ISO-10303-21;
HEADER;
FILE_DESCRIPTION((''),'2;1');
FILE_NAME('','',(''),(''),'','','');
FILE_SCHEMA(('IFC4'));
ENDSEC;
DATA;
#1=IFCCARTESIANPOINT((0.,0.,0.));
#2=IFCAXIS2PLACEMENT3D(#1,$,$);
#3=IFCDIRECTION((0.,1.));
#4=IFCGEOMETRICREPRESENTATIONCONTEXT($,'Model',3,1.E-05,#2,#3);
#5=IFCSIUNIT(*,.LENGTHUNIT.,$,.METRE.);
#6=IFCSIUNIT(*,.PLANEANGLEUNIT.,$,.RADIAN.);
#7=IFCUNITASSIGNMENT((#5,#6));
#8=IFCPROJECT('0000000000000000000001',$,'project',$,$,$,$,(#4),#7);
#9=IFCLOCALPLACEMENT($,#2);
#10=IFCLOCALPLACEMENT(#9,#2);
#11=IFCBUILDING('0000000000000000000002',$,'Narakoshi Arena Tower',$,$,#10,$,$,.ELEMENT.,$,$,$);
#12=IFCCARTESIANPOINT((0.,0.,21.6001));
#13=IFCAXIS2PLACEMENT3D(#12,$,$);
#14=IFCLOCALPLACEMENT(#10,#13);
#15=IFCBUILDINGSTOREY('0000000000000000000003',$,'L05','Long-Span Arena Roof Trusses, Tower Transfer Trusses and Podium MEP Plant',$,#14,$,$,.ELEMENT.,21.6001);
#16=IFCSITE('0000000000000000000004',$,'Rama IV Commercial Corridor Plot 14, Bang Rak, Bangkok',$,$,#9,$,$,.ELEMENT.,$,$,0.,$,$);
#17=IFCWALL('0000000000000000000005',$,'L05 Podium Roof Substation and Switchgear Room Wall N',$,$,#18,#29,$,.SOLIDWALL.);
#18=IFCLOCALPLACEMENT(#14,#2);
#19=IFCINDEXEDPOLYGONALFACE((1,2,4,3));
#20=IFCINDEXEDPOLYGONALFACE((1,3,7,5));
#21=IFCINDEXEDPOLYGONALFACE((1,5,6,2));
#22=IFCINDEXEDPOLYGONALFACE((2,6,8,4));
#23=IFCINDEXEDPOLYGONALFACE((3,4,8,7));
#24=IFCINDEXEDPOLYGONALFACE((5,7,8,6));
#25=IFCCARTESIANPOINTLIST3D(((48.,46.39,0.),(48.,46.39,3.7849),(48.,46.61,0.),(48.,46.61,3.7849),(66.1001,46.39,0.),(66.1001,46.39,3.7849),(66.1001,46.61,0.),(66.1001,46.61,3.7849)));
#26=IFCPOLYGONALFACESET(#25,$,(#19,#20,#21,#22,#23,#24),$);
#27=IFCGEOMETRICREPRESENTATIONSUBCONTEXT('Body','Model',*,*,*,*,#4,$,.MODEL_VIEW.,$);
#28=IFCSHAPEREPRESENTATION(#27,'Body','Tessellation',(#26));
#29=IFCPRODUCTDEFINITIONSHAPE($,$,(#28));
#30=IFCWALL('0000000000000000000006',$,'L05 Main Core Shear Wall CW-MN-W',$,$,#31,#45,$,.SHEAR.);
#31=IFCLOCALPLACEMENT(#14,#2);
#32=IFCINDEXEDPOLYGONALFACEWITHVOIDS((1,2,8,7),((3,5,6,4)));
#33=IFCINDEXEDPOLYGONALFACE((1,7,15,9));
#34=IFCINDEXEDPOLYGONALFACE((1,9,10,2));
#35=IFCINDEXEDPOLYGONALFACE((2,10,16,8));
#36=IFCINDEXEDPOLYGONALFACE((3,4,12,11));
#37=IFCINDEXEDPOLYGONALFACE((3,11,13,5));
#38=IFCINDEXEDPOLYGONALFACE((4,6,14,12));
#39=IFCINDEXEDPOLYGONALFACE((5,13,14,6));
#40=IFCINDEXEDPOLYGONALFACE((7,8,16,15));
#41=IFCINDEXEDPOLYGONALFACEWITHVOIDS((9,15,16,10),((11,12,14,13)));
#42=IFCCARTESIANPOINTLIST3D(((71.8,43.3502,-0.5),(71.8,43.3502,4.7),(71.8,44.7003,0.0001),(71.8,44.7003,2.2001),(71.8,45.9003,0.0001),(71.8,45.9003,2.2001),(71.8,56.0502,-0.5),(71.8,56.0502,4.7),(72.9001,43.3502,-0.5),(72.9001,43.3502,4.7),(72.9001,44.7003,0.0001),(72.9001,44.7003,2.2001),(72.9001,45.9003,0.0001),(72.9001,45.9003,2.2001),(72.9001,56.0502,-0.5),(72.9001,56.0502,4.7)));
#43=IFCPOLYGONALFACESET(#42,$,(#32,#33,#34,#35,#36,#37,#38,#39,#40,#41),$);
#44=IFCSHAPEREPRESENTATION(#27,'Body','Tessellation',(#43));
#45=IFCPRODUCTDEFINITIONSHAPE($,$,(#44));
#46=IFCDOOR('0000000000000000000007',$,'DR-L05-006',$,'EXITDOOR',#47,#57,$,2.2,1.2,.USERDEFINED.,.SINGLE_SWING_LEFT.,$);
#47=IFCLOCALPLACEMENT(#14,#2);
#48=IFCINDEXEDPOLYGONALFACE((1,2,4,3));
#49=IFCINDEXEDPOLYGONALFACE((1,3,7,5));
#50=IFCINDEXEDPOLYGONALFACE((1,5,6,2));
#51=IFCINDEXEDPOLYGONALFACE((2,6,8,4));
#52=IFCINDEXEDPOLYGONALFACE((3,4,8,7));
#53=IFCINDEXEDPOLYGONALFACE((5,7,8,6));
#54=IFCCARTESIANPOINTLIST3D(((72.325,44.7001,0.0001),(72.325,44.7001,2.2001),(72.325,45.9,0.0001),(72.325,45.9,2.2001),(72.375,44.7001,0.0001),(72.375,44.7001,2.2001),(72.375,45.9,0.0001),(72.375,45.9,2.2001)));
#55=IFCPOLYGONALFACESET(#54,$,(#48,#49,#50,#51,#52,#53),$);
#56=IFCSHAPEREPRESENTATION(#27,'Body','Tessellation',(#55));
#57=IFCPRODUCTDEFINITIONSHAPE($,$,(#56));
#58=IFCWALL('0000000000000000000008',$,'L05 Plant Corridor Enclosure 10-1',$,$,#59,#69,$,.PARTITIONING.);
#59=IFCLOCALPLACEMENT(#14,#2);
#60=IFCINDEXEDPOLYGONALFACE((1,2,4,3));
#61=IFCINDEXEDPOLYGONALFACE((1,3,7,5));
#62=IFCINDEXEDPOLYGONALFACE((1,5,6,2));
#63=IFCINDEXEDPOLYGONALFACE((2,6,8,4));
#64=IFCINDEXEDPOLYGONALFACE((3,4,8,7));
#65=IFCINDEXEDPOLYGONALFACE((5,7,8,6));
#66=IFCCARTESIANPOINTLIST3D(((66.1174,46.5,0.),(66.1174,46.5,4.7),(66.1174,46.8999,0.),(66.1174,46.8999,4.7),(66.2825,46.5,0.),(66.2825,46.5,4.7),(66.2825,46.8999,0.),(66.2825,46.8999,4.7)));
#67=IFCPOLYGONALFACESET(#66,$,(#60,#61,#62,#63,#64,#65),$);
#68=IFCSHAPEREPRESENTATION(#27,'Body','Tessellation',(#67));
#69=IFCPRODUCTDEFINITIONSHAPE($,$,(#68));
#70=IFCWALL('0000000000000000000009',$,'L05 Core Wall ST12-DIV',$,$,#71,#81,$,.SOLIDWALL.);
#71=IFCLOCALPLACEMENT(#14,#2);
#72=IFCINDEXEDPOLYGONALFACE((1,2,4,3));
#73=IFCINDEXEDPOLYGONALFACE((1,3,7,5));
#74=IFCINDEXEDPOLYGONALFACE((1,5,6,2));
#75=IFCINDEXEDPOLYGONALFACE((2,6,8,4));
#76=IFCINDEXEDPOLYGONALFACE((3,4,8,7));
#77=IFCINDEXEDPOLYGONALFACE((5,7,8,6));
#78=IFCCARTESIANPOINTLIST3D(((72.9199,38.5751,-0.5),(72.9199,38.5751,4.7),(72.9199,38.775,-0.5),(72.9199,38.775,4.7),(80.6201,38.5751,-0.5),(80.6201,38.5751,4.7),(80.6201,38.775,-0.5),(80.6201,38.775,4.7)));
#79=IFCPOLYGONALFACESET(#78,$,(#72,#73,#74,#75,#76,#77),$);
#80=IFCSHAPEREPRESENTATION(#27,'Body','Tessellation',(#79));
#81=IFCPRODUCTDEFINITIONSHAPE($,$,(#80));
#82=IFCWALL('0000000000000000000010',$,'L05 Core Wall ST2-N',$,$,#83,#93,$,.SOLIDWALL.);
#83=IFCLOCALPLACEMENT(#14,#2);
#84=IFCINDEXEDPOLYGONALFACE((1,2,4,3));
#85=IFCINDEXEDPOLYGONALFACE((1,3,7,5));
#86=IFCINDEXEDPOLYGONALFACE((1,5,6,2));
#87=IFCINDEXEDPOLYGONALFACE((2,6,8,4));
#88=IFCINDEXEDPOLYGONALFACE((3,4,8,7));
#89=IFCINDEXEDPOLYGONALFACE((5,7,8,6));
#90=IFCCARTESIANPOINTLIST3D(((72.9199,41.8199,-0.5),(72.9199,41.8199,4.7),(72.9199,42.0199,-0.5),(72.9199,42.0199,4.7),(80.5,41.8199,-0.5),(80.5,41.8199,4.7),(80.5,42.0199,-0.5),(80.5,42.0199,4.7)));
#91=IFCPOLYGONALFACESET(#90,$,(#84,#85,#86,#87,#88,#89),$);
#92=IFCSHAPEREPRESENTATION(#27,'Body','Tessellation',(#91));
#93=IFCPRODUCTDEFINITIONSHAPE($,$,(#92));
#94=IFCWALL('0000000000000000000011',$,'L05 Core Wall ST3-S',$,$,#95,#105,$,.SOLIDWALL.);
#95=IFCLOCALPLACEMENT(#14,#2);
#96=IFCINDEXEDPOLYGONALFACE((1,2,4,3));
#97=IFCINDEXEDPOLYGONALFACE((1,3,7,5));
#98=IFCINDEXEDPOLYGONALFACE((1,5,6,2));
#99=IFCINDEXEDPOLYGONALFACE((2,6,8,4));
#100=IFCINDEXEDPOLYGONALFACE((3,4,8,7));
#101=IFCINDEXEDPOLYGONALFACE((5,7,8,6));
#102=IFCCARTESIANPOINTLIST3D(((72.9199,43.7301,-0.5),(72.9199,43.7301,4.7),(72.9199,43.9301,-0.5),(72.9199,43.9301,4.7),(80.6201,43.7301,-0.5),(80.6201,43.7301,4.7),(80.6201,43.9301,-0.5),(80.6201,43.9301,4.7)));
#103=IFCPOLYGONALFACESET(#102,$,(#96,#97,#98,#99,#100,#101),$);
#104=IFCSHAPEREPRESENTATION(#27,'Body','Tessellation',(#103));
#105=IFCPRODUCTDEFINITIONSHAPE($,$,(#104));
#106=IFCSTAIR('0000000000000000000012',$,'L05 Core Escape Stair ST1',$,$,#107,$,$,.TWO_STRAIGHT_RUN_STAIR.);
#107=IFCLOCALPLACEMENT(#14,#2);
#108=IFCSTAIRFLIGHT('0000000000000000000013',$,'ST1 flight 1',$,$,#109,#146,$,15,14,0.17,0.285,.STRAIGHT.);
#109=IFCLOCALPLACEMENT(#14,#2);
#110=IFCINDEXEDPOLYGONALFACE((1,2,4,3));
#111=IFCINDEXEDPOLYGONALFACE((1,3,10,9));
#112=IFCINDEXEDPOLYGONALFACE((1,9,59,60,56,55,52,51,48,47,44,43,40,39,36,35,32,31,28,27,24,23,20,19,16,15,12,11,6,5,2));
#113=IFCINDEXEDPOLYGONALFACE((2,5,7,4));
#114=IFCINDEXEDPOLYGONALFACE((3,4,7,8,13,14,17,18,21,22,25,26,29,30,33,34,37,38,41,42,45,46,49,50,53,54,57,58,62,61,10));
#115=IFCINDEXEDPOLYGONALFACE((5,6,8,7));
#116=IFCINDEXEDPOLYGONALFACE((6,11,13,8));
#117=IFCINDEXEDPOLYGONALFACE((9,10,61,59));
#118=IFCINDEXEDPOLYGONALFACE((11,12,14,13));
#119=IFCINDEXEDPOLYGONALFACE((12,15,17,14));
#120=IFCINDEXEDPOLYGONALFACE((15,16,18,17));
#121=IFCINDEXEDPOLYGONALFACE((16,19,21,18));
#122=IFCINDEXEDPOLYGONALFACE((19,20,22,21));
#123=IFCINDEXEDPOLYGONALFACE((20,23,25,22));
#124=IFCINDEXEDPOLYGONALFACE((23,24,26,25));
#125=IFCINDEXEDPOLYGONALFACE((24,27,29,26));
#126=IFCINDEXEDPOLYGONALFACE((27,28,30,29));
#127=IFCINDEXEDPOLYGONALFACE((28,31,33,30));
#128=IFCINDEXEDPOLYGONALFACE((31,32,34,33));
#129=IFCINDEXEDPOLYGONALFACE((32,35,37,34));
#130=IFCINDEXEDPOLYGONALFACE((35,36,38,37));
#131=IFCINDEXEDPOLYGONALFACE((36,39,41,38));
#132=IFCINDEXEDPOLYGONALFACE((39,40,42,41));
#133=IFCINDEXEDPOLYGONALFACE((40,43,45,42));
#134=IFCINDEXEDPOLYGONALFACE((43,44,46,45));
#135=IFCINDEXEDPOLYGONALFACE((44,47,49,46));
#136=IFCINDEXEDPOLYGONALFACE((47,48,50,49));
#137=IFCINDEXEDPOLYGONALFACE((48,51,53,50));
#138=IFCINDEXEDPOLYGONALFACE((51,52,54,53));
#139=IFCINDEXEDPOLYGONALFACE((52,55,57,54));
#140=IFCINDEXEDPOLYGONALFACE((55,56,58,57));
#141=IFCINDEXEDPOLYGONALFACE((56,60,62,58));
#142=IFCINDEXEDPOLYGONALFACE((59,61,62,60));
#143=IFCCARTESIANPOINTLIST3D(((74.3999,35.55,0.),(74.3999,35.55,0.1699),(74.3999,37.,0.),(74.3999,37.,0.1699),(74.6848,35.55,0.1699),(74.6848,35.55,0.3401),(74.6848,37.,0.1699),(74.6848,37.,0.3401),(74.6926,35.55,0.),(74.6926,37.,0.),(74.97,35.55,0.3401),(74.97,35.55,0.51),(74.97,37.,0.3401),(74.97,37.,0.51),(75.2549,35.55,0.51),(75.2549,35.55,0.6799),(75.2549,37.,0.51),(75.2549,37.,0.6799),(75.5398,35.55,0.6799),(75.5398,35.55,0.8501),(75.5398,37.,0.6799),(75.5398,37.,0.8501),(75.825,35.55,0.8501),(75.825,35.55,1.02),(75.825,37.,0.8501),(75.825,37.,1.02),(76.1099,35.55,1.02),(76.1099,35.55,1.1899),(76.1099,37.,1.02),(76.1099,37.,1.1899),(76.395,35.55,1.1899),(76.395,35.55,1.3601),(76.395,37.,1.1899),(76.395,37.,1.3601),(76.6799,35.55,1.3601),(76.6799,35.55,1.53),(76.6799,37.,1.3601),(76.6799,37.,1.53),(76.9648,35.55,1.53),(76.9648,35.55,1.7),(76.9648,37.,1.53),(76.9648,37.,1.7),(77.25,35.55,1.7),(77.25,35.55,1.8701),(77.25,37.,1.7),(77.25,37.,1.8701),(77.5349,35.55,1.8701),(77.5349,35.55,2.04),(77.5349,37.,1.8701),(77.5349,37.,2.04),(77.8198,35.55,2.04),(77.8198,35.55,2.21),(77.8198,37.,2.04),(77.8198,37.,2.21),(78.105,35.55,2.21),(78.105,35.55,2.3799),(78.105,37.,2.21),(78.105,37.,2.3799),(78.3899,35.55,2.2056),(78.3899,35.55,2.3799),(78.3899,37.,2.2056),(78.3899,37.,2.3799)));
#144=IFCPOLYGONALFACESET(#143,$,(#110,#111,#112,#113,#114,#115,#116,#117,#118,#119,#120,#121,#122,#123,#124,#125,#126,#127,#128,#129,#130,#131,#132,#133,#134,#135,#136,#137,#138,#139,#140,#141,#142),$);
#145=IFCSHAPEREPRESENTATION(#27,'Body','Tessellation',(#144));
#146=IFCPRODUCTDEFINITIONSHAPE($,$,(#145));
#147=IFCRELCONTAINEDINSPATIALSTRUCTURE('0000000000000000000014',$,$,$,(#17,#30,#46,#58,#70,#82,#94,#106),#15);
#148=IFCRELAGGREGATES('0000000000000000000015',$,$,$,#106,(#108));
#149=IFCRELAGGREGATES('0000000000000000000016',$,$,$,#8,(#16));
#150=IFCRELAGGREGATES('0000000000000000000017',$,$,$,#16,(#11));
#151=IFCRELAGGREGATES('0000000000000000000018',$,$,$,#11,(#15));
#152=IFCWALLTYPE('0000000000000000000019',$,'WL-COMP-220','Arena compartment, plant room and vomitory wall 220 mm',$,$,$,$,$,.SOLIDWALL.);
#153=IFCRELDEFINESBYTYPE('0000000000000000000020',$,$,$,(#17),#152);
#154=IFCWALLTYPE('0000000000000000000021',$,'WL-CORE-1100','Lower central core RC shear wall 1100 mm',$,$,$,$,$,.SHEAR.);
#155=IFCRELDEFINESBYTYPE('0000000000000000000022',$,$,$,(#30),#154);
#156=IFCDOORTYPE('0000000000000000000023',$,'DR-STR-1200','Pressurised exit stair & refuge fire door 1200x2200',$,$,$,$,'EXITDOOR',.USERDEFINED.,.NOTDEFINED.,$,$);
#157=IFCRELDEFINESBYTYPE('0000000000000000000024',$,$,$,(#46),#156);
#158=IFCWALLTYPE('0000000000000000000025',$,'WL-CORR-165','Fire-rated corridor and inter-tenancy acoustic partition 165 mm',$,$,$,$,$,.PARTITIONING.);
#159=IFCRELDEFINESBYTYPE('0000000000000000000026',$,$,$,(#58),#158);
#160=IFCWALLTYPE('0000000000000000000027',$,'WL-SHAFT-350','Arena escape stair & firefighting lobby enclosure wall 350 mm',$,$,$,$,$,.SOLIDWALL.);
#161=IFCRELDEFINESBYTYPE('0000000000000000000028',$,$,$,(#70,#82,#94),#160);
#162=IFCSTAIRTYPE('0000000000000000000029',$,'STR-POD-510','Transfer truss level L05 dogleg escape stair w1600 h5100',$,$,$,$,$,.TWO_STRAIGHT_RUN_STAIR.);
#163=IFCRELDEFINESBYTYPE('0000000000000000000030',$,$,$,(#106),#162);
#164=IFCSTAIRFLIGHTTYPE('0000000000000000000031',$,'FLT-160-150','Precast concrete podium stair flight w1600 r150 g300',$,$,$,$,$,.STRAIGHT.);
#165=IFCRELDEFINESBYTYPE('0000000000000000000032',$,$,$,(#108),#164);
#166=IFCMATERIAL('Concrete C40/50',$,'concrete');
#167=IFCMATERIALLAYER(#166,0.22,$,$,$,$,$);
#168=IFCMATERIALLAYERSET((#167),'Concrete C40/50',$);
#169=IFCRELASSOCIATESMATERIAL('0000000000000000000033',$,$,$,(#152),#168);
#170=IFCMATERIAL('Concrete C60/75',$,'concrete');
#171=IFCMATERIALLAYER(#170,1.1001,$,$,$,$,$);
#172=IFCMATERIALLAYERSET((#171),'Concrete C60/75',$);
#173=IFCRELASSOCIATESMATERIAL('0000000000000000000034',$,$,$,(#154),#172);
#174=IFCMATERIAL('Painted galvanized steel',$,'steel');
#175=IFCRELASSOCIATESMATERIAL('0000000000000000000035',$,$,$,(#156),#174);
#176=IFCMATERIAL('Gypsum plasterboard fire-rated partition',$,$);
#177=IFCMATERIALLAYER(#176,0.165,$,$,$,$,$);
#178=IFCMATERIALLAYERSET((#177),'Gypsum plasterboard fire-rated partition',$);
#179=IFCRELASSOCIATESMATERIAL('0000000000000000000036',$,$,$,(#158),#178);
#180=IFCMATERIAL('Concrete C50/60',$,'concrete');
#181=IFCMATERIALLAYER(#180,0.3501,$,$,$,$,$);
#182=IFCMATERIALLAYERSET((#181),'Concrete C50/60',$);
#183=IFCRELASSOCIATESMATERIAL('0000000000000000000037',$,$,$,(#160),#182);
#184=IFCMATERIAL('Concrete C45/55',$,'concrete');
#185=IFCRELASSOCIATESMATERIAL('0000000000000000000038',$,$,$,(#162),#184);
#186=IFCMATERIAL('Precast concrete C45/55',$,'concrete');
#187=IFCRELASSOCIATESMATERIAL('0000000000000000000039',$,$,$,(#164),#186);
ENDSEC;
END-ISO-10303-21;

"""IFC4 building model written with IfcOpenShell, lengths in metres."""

from ifc_helpers import new_model, si_unit, direction, frame, frame_2d, origin, place, context, subcontext, project, spatial, polyline, rectangle, outline, extrude, material, layer, layer_set, type_object, element, fill, aggregate, save


model = new_model("IFC4")

# Units and contexts
model_context = context("Model", 3, precision=1e-05, world=origin(), true_north=direction((0.0, 1.0)))
body_context = subcontext(model_context, "Body", "Model", "MODEL_VIEW")
ifc_project = project(units=[si_unit("LENGTHUNIT", "METRE"), si_unit("PLANEANGLEUNIT", "RADIAN")], contexts=[model_context])

# Site, building, storey
site_placement = place(None, origin())
site = spatial("IfcSite", under=ifc_project, at=site_placement, Name="Rama IV Commercial Corridor Plot 14, Bang Rak, Bangkok", CompositionType="ELEMENT", RefElevation=0.0)
building_placement = place(site_placement, origin())
building = spatial("IfcBuilding", under=site, at=building_placement, Name="Narakoshi Arena Tower", CompositionType="ELEMENT")
storey_placement = place(building_placement, frame((0.0, 0.0, 21.6001)))
storey = spatial("IfcBuildingStorey", under=building, at=storey_placement, Name="L05", Description="Long-Span Arena Roof Trusses, Tower Transfer Trusses and Podium MEP Plant", CompositionType="ELEMENT", Elevation=21.6001)

# Wall
ifc_material_1 = material(Name="Concrete C40/50", Category="concrete")
ifc_layer_1 = layer(ifc_material_1, 0.22)
ifc_layer_set_1 = layer_set([ifc_layer_1], Name="Concrete C40/50")
wall_type_1 = type_object("IfcWallType", Name="WL-COMP-220", Description="Arena compartment, plant room and vomitory wall 220 mm", PredefinedType="SOLIDWALL", material=ifc_layer_set_1)
wall_1_placement = place(storey_placement, frame((66.1001, 46.5, 0.0), z_axis=(0.0, 0.0, 1.0), x_axis=(-1.0, 0.0, 0.0)))
element("IfcWall", 1, at=wall_1_placement, inside=storey, type_object=wall_type_1, Name="L05 Podium Roof Substation and Switchgear Room Wall N", PredefinedType="SOLIDWALL", context=body_context, shape_type="SweptSolid", body=[
    extrude(rectangle(XDim=18.1001, YDim=0.22, at=frame_2d((9.05, 0.0))), origin(), (0.0, 0.0, 1.0), 3.7849),
])

# Wall, opening, door
ifc_material_2 = material(Name="Concrete C60/75", Category="concrete")
ifc_layer_2 = layer(ifc_material_2, 1.1001)
ifc_layer_set_2 = layer_set([ifc_layer_2], Name="Concrete C60/75")
wall_type_2 = type_object("IfcWallType", Name="WL-CORE-1100", Description="Lower central core RC shear wall 1100 mm", PredefinedType="SHEAR", material=ifc_layer_set_2)
wall_2_placement = place(storey_placement, frame((72.3501, 43.3501, -0.5), z_axis=(0.0, 0.0, 1.0), x_axis=(0.0, 1.0, 0.0)))
wall_2 = element("IfcWall", 2, at=wall_2_placement, inside=storey, type_object=wall_type_2, Name="L05 Main Core Shear Wall CW-MN-W", PredefinedType="SHEAR", context=body_context, shape_type="SweptSolid", body=[
    extrude(rectangle(XDim=12.7, YDim=1.1001, at=frame_2d((6.3501, 0.0))), origin(), (0.0, 0.0, 1.0), 5.2),
])
opening_placement = place(wall_2_placement, frame((1.3501, 0.0, 0.5)))
opening = element("IfcOpeningElement", 3, at=opening_placement, cuts=wall_2, PredefinedType="OPENING", context=body_context, shape_type="SweptSolid", body=[
    extrude(rectangle(XDim=1.2, YDim=2.2, at=frame_2d((0.6001, 1.1001))), frame((0.0, 0.5601, 0.0), z_axis=(0.0, -1.0, 0.0), x_axis=(1.0, 0.0, 0.0)), (0.0, 0.0, 1.0), 1.1201),
])
ifc_material_3 = material(Name="Painted galvanized steel", Category="steel")
door_type = type_object("IfcDoorType", Name="DR-STR-1200", Description="Pressurised exit stair & refuge fire door 1200x2200", ElementType="EXITDOOR", OperationType="NOTDEFINED", PredefinedType="USERDEFINED", material=ifc_material_3)
door_placement = place(opening_placement, frame((1.2, 0.0, 0.0), z_axis=(0.0, 0.0, 1.0), x_axis=(-1.0, 0.0, 0.0)))
door = element("IfcDoor", 4, at=door_placement, inside=storey, type_object=door_type, Name="DR-L05-006", ObjectType="EXITDOOR", OperationType="SINGLE_SWING_LEFT", OverallHeight=2.2, OverallWidth=1.2, PredefinedType="USERDEFINED", context=body_context, shape_type="SweptSolid", body=[
    extrude(rectangle(XDim=1.2, YDim=2.2, at=frame_2d((0.6001, 1.1001))), frame((0.0, 0.0249, 0.0), z_axis=(0.0, -1.0, 0.0), x_axis=(1.0, 0.0, 0.0)), (0.0, 0.0, 1.0), 0.05),
])
fill(opening, door)

# Walls
ifc_material_4 = material(Name="Gypsum plasterboard fire-rated partition")
ifc_layer_3 = layer(ifc_material_4, 0.165)
ifc_layer_set_3 = layer_set([ifc_layer_3], Name="Gypsum plasterboard fire-rated partition")
wall_type_3 = type_object("IfcWallType", Name="WL-CORR-165", Description="Fire-rated corridor and inter-tenancy acoustic partition 165 mm", PredefinedType="PARTITIONING", material=ifc_layer_set_3)
wall_3_placement = place(storey_placement, frame((66.2, 46.5, 0.0), z_axis=(0.0, 0.0, 1.0), x_axis=(0.0, 1.0, 0.0)))
element("IfcWall", 5, at=wall_3_placement, inside=storey, type_object=wall_type_3, Name="L05 Plant Corridor Enclosure 10-1", PredefinedType="PARTITIONING", context=body_context, shape_type="SweptSolid", body=[
    extrude(rectangle(XDim=0.3999, YDim=0.165, at=frame_2d((0.2, 0.0))), origin(), (0.0, 0.0, 1.0), 4.7),
])
ifc_material_5 = material(Name="Concrete C50/60", Category="concrete")
ifc_layer_4 = layer(ifc_material_5, 0.3501)
ifc_layer_set_4 = layer_set([ifc_layer_4], Name="Concrete C50/60")
wall_type_4 = type_object("IfcWallType", Name="WL-SHAFT-350", Description="Arena escape stair & firefighting lobby enclosure wall 350 mm", PredefinedType="SOLIDWALL", material=ifc_layer_set_4)
wall_4_placement = place(storey_placement, frame((72.9199, 38.675, -0.5), z_axis=(0.0, 0.0, 1.0), x_axis=(1.0, 0.0, 0.0)))
element("IfcWall", 6, at=wall_4_placement, inside=storey, type_object=wall_type_4, Name="L05 Core Wall ST12-DIV", PredefinedType="SOLIDWALL", context=body_context, shape_type="SweptSolid", body=[
    extrude(rectangle(XDim=7.7002, YDim=0.2, at=frame_2d((3.8501, 0.0))), origin(), (0.0, 0.0, 1.0), 5.2),
])
wall_5_placement = place(storey_placement, frame((72.9199, 41.9199, -0.5), z_axis=(0.0, 0.0, 1.0), x_axis=(1.0, 0.0, 0.0)))
element("IfcWall", 7, at=wall_5_placement, inside=storey, type_object=wall_type_4, Name="L05 Core Wall ST2-N", PredefinedType="SOLIDWALL", context=body_context, shape_type="SweptSolid", body=[
    extrude(rectangle(XDim=7.5801, YDim=0.2, at=frame_2d((3.79, 0.0))), origin(), (0.0, 0.0, 1.0), 5.2),
])
wall_6_placement = place(storey_placement, frame((72.9199, 43.8301, -0.5), z_axis=(0.0, 0.0, 1.0), x_axis=(1.0, 0.0, 0.0)))
element("IfcWall", 8, at=wall_6_placement, inside=storey, type_object=wall_type_4, Name="L05 Core Wall ST3-S", PredefinedType="SOLIDWALL", context=body_context, shape_type="SweptSolid", body=[
    extrude(rectangle(XDim=7.7002, YDim=0.2, at=frame_2d((3.8501, 0.0))), origin(), (0.0, 0.0, 1.0), 5.2),
])

# Stair, stair flight
ifc_material_6 = material(Name="Concrete C45/55", Category="concrete")
stair_type = type_object("IfcStairType", Name="STR-POD-510", Description="Transfer truss level L05 dogleg escape stair w1600 h5100", PredefinedType="TWO_STRAIGHT_RUN_STAIR", material=ifc_material_6)
stair_1_placement = place(storey_placement, origin())
stair_1 = element("IfcStair", 9, at=stair_1_placement, inside=storey, type_object=stair_type, Name="L05 Core Escape Stair ST1", PredefinedType="TWO_STRAIGHT_RUN_STAIR")
ifc_material_7 = material(Name="Precast concrete C45/55", Category="concrete")
stair_flight_type = type_object("IfcStairFlightType", Name="FLT-160-150", Description="Precast concrete podium stair flight w1600 r150 g300", PredefinedType="STRAIGHT", material=ifc_material_7)
stair_flight_1_placement = place(storey_placement, frame((74.3999, 36.2749, 0.0), z_axis=(0.0, 0.0, 1.0), x_axis=(1.0, 0.0, 0.0)))
stair_flight_1 = element("IfcStairFlight", 10, at=stair_flight_1_placement, type_object=stair_flight_type, Name="ST1 flight 1", NumberOfRisers=15, NumberOfTreads=14, PredefinedType="STRAIGHT", RiserHeight=0.17, TreadLength=0.285, context=body_context, shape_type="SweptSolid", body=[
    extrude(outline(polyline([(0.0, 0.0), (0.0, 0.1699), (0.2849, 0.1699), (0.2849, 0.3401), (0.5701, 0.3401), (0.5701, 0.51), (0.855, 0.51), (0.855, 0.6799), (1.1399, 0.6799), (1.1399, 0.8501), (1.425, 0.8501), (1.425, 1.02), (1.71, 1.02), (1.71, 1.1899), (1.9951, 1.1899), (1.9951, 1.3601), (2.28, 1.3601), (2.28, 1.53), (2.5649, 1.53), (2.5649, 1.7), (2.8501, 1.7), (2.8501, 1.8701), (3.135, 1.8701), (3.135, 2.04), (3.4199, 2.04), (3.4199, 2.21), (3.7051, 2.21), (3.7051, 2.3799), (3.99, 2.3799), (3.99, 2.55), (3.99, 2.2056), (0.2927, 0.0), (0.0, 0.0)])), frame((0.0, 0.7251, 0.0), z_axis=(0.0, -1.0, 0.0), x_axis=(1.0, 0.0, 0.0)), (0.0, 0.0, 1.0), 1.45),
])
aggregate(stair_1, [stair_flight_1])

save(model, "model.ifc")
